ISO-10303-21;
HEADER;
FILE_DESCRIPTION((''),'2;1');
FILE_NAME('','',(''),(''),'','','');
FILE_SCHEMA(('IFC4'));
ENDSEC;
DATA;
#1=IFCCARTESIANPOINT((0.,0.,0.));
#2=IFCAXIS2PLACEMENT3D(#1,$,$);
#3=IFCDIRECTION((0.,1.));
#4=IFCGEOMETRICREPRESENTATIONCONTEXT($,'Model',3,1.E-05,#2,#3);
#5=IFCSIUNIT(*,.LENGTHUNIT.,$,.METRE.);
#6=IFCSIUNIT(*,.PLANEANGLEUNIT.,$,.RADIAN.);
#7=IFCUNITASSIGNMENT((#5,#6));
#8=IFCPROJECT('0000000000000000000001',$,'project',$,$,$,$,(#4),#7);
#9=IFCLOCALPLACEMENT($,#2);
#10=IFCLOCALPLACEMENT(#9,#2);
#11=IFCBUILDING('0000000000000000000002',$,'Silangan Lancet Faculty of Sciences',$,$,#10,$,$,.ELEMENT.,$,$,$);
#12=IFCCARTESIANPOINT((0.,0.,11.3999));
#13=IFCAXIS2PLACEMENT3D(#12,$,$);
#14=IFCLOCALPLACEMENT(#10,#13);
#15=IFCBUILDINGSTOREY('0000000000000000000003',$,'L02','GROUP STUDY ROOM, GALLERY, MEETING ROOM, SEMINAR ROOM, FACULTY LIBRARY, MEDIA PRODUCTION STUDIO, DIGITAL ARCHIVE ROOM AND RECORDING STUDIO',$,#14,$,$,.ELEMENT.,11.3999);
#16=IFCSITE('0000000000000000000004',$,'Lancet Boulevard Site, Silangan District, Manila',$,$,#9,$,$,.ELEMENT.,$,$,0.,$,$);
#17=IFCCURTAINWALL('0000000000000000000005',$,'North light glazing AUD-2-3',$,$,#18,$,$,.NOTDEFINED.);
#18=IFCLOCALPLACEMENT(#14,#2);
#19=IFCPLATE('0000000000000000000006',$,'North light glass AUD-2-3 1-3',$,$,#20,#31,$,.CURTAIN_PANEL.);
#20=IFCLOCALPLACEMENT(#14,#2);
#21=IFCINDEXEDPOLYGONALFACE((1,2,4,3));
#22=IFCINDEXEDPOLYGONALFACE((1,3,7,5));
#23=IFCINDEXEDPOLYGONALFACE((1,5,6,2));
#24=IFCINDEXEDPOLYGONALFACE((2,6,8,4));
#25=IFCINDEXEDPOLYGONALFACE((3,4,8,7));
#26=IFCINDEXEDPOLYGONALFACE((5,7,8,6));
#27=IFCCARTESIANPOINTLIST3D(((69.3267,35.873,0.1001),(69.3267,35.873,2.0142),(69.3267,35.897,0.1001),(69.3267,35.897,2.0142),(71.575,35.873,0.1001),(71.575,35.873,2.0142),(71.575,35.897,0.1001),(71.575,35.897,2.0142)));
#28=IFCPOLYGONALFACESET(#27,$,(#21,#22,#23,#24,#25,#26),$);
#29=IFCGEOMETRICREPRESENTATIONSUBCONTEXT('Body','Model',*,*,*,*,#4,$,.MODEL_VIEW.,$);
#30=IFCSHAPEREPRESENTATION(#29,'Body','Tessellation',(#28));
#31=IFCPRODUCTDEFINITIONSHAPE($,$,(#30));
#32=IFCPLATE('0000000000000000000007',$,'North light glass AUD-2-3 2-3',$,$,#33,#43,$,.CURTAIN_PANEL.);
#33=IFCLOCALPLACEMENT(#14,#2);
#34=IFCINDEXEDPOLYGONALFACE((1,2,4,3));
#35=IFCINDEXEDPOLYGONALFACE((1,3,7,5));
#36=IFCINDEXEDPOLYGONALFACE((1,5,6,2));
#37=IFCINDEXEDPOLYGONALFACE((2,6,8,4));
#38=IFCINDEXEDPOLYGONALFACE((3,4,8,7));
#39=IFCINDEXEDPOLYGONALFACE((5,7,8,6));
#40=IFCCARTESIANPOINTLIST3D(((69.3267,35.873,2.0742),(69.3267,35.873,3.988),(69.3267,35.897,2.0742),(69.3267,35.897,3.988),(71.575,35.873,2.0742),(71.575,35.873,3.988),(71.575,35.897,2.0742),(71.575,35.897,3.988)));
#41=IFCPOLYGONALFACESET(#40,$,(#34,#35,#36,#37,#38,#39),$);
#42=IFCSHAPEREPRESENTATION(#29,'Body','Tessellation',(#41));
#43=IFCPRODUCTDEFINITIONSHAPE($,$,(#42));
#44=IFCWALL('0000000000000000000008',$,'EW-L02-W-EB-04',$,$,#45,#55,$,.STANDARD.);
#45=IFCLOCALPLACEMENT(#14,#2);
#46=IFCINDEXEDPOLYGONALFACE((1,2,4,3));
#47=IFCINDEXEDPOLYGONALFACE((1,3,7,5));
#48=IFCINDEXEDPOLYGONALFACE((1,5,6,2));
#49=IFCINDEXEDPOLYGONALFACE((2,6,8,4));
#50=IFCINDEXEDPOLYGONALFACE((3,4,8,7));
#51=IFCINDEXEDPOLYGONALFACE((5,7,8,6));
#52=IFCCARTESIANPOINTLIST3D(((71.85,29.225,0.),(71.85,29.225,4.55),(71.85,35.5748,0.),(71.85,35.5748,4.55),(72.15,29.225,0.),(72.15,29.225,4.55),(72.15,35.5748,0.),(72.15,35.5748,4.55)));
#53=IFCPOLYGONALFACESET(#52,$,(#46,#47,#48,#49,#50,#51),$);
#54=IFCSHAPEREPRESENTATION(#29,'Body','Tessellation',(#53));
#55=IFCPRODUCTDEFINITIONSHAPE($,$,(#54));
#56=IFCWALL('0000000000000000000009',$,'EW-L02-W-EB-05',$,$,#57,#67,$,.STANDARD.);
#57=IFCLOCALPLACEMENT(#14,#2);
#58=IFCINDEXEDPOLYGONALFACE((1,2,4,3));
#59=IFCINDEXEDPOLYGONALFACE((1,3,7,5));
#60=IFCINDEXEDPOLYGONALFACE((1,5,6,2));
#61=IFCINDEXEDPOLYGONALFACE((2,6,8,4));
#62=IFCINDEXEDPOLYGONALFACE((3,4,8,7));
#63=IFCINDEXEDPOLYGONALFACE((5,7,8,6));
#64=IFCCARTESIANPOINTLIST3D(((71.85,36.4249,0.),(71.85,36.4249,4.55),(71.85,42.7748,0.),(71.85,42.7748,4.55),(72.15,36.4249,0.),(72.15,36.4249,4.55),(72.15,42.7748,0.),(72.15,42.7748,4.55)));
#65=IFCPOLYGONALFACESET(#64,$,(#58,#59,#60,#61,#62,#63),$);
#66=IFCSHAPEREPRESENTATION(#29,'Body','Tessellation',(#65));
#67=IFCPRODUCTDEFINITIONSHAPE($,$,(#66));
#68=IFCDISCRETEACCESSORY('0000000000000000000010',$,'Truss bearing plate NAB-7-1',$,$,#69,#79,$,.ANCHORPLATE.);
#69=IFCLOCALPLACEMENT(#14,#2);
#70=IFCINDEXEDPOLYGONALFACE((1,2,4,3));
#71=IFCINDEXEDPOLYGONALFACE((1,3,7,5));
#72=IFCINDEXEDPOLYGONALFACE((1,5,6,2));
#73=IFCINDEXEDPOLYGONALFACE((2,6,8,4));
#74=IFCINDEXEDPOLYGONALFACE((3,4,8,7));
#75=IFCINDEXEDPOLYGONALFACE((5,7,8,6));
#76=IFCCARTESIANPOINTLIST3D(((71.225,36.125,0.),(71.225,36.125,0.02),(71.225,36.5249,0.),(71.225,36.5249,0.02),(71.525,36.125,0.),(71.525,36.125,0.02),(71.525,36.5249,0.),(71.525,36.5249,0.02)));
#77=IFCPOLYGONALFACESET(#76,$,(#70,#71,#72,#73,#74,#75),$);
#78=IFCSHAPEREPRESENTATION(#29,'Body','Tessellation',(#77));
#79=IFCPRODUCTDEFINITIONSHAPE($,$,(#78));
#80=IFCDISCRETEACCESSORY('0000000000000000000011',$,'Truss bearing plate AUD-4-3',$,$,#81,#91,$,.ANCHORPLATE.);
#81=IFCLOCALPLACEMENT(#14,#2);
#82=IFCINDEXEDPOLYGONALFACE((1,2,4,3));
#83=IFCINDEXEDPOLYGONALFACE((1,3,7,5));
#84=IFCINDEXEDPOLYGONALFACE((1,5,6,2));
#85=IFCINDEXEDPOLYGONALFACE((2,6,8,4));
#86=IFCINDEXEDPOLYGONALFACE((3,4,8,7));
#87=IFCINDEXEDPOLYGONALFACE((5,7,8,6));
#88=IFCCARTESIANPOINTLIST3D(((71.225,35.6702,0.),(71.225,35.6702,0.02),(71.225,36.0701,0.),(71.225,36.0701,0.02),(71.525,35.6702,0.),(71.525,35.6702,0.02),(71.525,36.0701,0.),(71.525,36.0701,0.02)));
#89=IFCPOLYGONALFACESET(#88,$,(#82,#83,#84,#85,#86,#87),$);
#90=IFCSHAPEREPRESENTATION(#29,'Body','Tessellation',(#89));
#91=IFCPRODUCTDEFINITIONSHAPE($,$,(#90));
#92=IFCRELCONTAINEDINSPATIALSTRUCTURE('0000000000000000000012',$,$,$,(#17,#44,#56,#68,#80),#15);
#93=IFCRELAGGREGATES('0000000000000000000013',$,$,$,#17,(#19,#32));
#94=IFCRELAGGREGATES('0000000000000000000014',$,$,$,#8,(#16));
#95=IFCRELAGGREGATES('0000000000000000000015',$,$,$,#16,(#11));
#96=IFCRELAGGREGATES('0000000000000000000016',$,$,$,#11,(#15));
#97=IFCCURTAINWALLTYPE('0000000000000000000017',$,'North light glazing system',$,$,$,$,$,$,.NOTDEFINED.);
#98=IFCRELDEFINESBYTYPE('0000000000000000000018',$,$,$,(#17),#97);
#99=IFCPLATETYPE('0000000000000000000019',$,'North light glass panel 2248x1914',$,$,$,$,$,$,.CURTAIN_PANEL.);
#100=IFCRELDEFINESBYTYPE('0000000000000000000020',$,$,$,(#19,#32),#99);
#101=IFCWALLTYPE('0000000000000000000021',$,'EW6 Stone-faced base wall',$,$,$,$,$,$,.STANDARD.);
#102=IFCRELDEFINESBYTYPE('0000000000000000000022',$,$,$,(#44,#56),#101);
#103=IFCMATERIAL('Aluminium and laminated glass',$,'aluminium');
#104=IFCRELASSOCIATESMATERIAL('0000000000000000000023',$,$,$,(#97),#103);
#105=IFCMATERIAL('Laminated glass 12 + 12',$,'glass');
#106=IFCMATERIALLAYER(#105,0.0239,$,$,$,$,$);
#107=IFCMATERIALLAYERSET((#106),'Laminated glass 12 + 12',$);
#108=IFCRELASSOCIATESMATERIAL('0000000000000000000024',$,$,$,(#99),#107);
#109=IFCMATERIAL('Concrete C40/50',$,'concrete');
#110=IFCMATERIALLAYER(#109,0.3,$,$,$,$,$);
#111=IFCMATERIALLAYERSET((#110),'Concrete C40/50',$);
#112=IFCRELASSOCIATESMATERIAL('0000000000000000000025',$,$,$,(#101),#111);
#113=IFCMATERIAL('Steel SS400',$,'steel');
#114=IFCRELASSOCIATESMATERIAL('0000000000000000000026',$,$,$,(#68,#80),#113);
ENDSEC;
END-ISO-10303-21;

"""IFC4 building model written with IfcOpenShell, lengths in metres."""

from ifc_helpers import new_model, si_unit, direction, frame, frame_2d, origin, origin_2d, place, context, subcontext, project, spatial, polyline, rectangle, outline, extrude, material, layer, layer_set, type_object, element, aggregate, save


model = new_model("IFC4")

# Units and contexts
model_context = context("Model", 3, precision=1e-05, world=origin(), true_north=direction((0.0, 1.0)))
body_context = subcontext(model_context, "Body", "Model", "MODEL_VIEW")
ifc_project = project(units=[si_unit("LENGTHUNIT", "METRE"), si_unit("PLANEANGLEUNIT", "RADIAN")], contexts=[model_context])

# Site, building, storey
site_placement = place(None, origin())
site = spatial("IfcSite", under=ifc_project, at=site_placement, Name="Lancet Boulevard Site, Silangan District, Manila", CompositionType="ELEMENT", RefElevation=0.0)
building_placement = place(site_placement, origin())
building = spatial("IfcBuilding", under=site, at=building_placement, Name="Silangan Lancet Faculty of Sciences", CompositionType="ELEMENT")
storey_placement = place(building_placement, frame((0.0, 0.0, 11.3999)))
storey = spatial("IfcBuildingStorey", under=building, at=storey_placement, Name="L02", Description="GROUP STUDY ROOM, GALLERY, MEETING ROOM, SEMINAR ROOM, FACULTY LIBRARY, MEDIA PRODUCTION STUDIO, DIGITAL ARCHIVE ROOM AND RECORDING STUDIO", CompositionType="ELEMENT", Elevation=11.3999)

# Curtain wall
ifc_material_1 = material(Name="Aluminium and laminated glass", Category="aluminium")
curtain_wall_type = type_object("IfcCurtainWallType", Name="North light glazing system", PredefinedType="NOTDEFINED", material=ifc_material_1)
curtain_wall_1_placement = place(storey_placement, origin())
curtain_wall_1 = element("IfcCurtainWall", 1, at=curtain_wall_1_placement, inside=storey, type_object=curtain_wall_type, Name="North light glazing AUD-2-3", PredefinedType="NOTDEFINED")

# Plates
ifc_material_2 = material(Name="Laminated glass 12 + 12", Category="glass")
ifc_layer_1 = layer(ifc_material_2, 0.0239)
ifc_layer_set_1 = layer_set([ifc_layer_1], Name="Laminated glass 12 + 12")
plate_type_1 = type_object("IfcPlateType", Name="North light glass panel 2248x1914", PredefinedType="CURTAIN_PANEL", material=ifc_layer_set_1)
plate_1_placement = place(storey_placement, frame((69.3267, 35.873, 0.1001), z_axis=(0.0, -1.0, 0.0), x_axis=(1.0, 0.0, 0.0)))
plate_1 = element("IfcPlate", 2, at=plate_1_placement, type_object=plate_type_1, Name="North light glass AUD-2-3 1-3", PredefinedType="CURTAIN_PANEL", context=body_context, shape_type="SweptSolid", body=[
    extrude(outline(polyline([(0.0, 0.0), (2.2483, 0.0), (2.2483, 1.9141), (0.0, 1.9141), (0.0, 0.0)])), origin(), (0.0, 0.0, -1.0), 0.0239),
])
plate_2_placement = place(storey_placement, frame((69.3267, 35.873, 2.0742), z_axis=(0.0, -1.0, 0.0), x_axis=(1.0, 0.0, 0.0)))
plate_2 = element("IfcPlate", 3, at=plate_2_placement, type_object=plate_type_1, Name="North light glass AUD-2-3 2-3", PredefinedType="CURTAIN_PANEL", context=body_context, shape_type="SweptSolid", body=[
    extrude(outline(polyline([(0.0, 0.0), (2.2483, 0.0), (2.2483, 1.9138), (0.0, 1.9138), (0.0, 0.0)])), origin(), (0.0, 0.0, -1.0), 0.0239),
])
aggregate(curtain_wall_1, [plate_1, plate_2])

# Walls
ifc_material_3 = material(Name="Concrete C40/50", Category="concrete")
ifc_layer_2 = layer(ifc_material_3, 0.3)
ifc_layer_set_2 = layer_set([ifc_layer_2], Name="Concrete C40/50")
wall_type = type_object("IfcWallType", Name="EW6 Stone-faced base wall", PredefinedType="STANDARD", material=ifc_layer_set_2)
for number, where, z_axis, x_axis, name in (
    (4, (72.0, 29.2251, 0.0), (0.0, 0.0, 1.0), (0.0, 1.0, 0.0), "EW-L02-W-EB-04"),
    (5, (72.0, 36.425, 0.0), (0.0, 0.0, 1.0), (0.0, 1.0, 0.0), "EW-L02-W-EB-05"),
):
    element("IfcWall", number, at=place(storey_placement, frame(where, z_axis=z_axis, x_axis=x_axis)), inside=storey, type_object=wall_type, Name=name, PredefinedType="STANDARD", context=body_context, shape_type="SweptSolid", body=[
        extrude(rectangle(XDim=6.3499, YDim=0.3, at=frame_2d((3.1748, 0.0))), origin(), (0.0, 0.0, 1.0), 4.55),
    ])

# Discrete accessories
ifc_material_4 = material(Name="Steel SS400", Category="steel")
for number, where, z_axis, x_axis, name in (
    (6, (71.375, 36.325, 0.0), (0.0, 0.0, 1.0), (1.0, 0.0, 0.0), "Truss bearing plate NAB-7-1"),
    (7, (71.375, 35.8701, 0.0), (0.0, 0.0, 1.0), (1.0, 0.0, 0.0), "Truss bearing plate AUD-4-3"),
):
    element("IfcDiscreteAccessory", number, at=place(storey_placement, frame(where, z_axis=z_axis, x_axis=x_axis)), inside=storey, material=ifc_material_4, Name=name, PredefinedType="ANCHORPLATE", context=body_context, shape_type="SweptSolid", body=[
        extrude(rectangle(XDim=0.3, YDim=0.3999, at=origin_2d()), origin(), (0.0, 0.0, 1.0), 0.02),
    ])

save(model, "model.ifc")
